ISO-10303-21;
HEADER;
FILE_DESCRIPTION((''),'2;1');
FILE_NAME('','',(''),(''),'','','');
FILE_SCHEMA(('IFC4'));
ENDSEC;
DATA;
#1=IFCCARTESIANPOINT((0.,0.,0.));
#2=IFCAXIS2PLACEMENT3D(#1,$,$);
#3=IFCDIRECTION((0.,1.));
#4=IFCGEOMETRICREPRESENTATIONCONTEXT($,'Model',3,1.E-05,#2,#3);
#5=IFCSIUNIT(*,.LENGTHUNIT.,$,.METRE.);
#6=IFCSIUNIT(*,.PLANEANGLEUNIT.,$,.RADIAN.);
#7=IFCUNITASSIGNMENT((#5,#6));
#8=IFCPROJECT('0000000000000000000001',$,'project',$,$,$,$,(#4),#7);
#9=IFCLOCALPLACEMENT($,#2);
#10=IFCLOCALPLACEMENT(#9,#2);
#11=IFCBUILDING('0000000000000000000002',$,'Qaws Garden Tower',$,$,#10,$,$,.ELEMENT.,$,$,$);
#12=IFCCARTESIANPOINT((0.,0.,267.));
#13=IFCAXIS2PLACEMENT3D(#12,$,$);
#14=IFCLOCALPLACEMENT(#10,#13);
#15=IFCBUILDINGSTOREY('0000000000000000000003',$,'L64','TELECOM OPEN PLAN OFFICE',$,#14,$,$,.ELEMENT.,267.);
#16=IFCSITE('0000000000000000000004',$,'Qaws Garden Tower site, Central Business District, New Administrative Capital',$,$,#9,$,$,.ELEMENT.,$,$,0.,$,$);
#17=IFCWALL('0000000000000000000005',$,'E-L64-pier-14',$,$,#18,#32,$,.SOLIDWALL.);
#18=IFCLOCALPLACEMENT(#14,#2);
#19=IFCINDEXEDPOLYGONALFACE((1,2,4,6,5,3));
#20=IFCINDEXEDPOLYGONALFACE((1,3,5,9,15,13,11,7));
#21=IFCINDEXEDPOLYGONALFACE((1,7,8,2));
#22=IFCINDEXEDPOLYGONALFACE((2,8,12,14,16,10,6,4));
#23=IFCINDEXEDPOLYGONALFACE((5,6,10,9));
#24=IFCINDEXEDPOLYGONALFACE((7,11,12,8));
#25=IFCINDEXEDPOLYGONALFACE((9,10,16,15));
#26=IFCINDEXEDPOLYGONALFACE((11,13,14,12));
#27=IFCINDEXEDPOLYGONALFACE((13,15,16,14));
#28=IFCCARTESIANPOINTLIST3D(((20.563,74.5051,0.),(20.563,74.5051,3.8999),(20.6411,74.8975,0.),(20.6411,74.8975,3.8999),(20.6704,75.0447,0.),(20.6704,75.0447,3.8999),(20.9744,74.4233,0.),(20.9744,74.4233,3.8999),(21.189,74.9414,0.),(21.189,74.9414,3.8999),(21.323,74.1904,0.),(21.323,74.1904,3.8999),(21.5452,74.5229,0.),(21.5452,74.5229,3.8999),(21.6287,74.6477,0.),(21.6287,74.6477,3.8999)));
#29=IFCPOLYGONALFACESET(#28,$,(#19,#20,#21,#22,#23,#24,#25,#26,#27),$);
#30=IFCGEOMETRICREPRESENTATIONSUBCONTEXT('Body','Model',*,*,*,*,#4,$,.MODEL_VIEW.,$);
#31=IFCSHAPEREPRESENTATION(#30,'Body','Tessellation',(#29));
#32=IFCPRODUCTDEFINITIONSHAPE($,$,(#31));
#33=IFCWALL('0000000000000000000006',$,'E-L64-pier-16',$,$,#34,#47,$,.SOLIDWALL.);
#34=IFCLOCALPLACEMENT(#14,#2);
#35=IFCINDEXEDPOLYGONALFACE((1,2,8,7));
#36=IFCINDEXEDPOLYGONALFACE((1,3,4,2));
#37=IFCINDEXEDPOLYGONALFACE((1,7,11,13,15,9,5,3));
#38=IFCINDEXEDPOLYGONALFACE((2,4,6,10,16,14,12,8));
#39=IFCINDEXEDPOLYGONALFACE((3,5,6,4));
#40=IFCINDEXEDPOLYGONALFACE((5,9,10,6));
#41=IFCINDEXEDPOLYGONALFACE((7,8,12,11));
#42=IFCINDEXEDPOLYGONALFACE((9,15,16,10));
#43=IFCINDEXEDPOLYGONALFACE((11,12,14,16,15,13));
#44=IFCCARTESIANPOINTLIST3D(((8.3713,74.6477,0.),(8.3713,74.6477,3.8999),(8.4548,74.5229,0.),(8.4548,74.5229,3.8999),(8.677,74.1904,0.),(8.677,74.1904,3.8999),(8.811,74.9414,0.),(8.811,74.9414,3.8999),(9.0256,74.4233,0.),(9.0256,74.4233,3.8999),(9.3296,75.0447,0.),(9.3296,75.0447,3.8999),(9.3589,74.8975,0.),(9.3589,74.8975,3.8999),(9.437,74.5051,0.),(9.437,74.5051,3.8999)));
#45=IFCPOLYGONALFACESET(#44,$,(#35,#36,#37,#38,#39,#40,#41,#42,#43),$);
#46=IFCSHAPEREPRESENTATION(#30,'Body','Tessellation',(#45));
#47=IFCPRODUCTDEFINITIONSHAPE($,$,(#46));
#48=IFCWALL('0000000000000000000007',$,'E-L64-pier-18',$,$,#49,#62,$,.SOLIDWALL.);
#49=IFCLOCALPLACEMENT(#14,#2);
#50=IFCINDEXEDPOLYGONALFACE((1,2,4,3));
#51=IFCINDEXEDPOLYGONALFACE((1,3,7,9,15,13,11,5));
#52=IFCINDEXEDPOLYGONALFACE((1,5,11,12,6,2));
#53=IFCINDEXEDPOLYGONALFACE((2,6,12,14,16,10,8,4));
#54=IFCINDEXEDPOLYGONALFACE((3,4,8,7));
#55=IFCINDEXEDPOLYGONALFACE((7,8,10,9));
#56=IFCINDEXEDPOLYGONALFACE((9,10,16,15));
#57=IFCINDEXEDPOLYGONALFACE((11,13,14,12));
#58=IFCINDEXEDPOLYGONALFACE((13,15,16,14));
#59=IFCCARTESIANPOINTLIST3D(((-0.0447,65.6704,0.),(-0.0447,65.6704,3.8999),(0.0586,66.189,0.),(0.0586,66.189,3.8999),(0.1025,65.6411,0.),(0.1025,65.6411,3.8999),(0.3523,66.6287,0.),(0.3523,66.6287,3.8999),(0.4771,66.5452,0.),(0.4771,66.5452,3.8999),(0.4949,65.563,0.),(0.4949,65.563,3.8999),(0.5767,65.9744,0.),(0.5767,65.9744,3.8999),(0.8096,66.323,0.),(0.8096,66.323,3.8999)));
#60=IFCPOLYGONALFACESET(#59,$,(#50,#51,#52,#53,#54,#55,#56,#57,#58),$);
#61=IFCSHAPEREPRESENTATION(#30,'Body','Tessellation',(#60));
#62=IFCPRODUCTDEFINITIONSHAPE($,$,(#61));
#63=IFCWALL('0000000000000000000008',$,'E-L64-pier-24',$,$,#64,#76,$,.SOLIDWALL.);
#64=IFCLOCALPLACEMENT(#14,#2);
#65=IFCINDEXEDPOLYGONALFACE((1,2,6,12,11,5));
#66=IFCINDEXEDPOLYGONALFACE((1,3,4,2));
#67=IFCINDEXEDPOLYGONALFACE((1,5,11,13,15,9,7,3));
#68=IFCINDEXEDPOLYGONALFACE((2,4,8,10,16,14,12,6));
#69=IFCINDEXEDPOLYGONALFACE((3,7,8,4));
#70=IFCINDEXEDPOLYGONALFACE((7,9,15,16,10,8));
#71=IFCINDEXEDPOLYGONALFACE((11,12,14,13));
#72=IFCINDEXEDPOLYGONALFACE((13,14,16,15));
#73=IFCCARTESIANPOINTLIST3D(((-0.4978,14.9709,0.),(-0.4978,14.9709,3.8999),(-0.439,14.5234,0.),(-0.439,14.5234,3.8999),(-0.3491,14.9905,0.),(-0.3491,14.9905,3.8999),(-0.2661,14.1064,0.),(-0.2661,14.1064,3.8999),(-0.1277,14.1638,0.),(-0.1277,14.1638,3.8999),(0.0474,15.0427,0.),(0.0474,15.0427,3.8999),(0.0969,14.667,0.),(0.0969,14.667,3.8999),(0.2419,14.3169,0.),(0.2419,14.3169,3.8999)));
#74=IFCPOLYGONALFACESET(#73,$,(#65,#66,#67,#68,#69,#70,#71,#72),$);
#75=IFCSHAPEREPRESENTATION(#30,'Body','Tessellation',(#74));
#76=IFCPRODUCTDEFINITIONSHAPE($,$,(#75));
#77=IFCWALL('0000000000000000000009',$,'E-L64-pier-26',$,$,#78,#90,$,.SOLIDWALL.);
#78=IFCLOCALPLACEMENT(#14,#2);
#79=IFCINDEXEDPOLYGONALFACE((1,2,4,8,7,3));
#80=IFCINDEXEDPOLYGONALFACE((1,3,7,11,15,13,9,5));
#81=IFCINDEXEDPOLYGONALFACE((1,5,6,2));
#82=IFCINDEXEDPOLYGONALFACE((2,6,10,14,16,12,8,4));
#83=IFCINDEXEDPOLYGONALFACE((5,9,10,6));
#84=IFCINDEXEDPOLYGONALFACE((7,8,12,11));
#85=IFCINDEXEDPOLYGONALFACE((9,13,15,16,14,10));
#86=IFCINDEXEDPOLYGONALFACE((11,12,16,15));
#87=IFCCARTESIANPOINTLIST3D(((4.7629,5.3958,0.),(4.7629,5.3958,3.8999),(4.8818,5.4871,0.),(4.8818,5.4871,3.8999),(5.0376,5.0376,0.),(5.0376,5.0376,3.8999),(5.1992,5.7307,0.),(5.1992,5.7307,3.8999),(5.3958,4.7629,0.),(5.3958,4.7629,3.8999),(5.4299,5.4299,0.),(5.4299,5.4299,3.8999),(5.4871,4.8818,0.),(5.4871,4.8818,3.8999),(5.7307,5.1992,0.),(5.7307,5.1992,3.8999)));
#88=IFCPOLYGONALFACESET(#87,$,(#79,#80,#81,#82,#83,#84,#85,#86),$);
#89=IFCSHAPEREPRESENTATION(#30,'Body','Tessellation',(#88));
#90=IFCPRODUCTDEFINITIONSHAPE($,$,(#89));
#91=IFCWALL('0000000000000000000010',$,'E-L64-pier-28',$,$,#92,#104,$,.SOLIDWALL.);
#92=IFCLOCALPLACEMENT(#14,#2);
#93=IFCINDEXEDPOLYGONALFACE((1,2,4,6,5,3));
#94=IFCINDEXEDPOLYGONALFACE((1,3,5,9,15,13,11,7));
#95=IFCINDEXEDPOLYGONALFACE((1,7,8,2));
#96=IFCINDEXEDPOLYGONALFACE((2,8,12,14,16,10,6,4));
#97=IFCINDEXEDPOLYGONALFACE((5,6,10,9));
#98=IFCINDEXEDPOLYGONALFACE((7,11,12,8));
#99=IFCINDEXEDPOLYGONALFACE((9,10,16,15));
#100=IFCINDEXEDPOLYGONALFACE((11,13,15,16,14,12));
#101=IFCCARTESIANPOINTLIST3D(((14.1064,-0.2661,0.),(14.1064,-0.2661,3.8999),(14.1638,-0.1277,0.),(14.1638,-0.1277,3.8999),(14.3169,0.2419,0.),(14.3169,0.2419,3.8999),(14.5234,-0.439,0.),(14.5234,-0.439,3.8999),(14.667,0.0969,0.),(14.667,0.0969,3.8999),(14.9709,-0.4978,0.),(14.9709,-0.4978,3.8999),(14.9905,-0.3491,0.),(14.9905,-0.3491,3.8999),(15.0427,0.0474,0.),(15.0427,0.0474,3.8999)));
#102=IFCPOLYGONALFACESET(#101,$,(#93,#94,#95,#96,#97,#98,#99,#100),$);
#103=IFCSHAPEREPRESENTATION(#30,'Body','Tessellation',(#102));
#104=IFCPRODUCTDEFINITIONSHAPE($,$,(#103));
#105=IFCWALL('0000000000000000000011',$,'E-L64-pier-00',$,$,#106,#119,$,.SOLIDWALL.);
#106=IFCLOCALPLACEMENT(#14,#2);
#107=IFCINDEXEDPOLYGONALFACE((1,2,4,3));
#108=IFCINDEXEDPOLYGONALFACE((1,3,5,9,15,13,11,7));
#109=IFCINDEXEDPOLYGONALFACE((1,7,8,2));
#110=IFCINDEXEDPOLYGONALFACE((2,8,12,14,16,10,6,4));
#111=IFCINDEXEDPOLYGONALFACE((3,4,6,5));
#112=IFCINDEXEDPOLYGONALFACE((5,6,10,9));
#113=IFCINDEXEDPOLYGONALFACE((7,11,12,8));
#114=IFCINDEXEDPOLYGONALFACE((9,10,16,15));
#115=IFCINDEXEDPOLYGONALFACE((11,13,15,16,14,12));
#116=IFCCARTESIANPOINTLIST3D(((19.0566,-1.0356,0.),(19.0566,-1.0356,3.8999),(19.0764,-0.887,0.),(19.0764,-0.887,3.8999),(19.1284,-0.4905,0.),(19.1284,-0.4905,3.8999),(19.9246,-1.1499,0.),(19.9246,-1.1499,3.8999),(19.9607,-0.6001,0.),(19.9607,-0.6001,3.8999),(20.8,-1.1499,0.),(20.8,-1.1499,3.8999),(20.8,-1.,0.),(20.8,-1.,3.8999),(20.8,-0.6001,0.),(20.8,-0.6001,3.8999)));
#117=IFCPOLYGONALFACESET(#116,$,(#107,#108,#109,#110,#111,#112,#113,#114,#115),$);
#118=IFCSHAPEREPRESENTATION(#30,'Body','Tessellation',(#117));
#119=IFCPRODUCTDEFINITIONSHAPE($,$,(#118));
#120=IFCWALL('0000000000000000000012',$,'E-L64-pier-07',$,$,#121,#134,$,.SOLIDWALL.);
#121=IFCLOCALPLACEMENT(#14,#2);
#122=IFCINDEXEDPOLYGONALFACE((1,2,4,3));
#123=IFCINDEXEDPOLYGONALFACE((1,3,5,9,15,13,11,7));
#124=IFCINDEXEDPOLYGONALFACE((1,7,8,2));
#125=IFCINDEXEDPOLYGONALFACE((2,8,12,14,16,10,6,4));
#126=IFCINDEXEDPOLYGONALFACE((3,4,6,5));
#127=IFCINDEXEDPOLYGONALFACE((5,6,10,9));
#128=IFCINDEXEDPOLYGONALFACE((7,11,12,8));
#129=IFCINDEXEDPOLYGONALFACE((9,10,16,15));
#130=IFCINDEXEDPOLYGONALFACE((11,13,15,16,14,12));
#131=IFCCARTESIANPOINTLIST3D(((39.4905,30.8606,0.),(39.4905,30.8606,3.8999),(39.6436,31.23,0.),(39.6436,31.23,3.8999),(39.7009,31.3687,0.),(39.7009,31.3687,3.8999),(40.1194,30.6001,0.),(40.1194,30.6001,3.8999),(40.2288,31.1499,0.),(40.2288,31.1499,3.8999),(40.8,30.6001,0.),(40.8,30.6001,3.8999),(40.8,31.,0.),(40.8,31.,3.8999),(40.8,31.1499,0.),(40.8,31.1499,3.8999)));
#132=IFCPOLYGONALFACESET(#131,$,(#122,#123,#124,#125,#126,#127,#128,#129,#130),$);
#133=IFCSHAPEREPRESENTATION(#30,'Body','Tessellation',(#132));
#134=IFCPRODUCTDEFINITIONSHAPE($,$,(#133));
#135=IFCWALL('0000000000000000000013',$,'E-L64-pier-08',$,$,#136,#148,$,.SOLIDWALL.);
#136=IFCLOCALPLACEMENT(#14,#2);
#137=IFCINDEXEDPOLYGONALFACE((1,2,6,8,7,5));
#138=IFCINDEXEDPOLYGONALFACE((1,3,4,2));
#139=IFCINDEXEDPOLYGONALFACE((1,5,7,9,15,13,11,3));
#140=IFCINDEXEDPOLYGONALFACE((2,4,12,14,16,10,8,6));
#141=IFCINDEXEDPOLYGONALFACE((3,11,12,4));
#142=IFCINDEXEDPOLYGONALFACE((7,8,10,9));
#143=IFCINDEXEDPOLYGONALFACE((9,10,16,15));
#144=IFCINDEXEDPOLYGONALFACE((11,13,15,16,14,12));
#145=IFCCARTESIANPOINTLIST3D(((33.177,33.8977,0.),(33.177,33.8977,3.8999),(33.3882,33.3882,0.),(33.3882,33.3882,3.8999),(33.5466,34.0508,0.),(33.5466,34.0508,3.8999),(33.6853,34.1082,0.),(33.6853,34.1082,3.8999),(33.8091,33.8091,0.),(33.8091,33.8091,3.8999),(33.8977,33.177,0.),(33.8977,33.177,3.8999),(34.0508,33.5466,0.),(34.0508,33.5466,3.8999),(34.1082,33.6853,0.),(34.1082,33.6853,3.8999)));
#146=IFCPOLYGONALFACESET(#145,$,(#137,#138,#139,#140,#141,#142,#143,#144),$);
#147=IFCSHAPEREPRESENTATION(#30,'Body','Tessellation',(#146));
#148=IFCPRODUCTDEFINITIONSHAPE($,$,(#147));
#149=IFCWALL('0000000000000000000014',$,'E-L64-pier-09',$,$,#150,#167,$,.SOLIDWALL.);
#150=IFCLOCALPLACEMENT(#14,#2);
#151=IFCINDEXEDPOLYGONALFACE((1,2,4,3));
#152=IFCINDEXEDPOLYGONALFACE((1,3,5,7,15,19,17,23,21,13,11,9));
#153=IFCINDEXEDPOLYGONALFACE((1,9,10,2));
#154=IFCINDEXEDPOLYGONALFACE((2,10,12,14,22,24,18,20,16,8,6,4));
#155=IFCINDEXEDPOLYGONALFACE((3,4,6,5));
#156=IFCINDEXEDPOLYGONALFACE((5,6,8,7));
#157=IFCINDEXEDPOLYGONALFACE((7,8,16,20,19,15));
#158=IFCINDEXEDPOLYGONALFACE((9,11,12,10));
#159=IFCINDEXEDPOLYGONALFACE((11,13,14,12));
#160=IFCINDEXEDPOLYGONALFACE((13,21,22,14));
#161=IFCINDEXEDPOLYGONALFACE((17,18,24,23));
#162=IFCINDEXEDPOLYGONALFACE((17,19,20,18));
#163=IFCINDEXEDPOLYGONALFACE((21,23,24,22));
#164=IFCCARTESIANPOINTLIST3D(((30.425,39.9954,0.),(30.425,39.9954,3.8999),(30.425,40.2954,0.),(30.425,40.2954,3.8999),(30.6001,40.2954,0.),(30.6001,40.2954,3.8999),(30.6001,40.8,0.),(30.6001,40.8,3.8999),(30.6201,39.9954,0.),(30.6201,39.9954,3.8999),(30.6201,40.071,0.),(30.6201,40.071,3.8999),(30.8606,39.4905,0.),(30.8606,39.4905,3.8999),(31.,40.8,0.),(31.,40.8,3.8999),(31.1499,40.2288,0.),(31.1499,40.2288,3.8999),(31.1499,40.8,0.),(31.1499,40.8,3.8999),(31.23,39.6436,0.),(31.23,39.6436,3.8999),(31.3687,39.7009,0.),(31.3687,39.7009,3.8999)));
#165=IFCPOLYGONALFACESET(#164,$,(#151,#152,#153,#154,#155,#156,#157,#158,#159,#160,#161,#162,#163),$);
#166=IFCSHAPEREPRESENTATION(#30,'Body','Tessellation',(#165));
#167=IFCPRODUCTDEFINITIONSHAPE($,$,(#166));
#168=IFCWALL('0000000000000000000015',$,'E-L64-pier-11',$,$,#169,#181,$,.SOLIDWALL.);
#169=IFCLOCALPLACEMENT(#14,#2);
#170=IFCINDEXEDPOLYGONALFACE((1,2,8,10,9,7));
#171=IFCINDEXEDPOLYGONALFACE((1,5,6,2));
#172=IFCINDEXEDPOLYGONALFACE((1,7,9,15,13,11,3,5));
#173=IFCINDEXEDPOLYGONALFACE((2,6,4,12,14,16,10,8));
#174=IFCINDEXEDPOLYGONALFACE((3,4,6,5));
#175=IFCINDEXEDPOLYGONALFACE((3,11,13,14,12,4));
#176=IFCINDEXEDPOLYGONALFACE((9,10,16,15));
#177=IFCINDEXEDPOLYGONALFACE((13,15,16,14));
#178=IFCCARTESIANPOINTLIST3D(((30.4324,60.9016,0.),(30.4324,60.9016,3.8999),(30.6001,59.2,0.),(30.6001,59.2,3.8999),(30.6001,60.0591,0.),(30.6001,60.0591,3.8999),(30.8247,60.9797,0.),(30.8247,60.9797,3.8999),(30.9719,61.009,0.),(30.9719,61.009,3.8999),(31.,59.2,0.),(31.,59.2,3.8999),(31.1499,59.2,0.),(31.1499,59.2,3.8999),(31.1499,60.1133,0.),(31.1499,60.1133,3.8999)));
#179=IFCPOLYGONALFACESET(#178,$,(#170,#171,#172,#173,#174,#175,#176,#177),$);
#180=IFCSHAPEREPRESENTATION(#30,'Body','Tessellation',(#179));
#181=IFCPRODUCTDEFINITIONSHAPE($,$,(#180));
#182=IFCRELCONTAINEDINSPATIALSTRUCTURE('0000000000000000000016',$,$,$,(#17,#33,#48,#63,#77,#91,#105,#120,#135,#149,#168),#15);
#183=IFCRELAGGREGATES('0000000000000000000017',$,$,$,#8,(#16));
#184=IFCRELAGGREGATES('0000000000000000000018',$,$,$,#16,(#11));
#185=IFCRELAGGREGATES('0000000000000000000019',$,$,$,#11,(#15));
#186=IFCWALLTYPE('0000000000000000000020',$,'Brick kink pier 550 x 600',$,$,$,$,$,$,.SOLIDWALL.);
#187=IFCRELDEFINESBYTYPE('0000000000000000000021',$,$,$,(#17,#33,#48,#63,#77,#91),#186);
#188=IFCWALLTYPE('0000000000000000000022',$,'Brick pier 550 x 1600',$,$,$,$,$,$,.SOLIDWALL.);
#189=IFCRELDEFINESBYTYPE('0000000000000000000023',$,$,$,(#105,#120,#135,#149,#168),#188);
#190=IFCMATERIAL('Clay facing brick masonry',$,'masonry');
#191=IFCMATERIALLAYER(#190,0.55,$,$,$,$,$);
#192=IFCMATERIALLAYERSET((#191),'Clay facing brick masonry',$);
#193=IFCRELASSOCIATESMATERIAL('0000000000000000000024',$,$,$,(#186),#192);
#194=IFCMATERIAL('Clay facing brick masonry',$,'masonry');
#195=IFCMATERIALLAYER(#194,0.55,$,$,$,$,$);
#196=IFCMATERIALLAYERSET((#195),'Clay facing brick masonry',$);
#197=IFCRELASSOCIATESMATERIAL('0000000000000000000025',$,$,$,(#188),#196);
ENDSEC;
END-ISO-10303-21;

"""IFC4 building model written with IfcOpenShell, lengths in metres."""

from ifc_helpers import new_model, si_unit, direction, frame, origin, place, context, subcontext, project, spatial, polyline, outline, extrude, material, layer, layer_set, type_object, element, save


model = new_model("IFC4")

# Units and contexts
model_context = context("Model", 3, precision=1e-05, world=origin(), true_north=direction((0.0, 1.0)))
body_context = subcontext(model_context, "Body", "Model", "MODEL_VIEW")
ifc_project = project(units=[si_unit("LENGTHUNIT", "METRE"), si_unit("PLANEANGLEUNIT", "RADIAN")], contexts=[model_context])

# Site, building, storey
site_placement = place(None, origin())
site = spatial("IfcSite", under=ifc_project, at=site_placement, Name="Qaws Garden Tower site, Central Business District, New Administrative Capital", CompositionType="ELEMENT", RefElevation=0.0)
building_placement = place(site_placement, origin())
building = spatial("IfcBuilding", under=site, at=building_placement, Name="Qaws Garden Tower", CompositionType="ELEMENT")
storey_placement = place(building_placement, frame((0.0, 0.0, 267.0)))
storey = spatial("IfcBuildingStorey", under=building, at=storey_placement, Name="L64", Description="TELECOM OPEN PLAN OFFICE", CompositionType="ELEMENT", Elevation=267.0)

# Walls
placement = place(storey_placement, origin())
ifc_material_1 = material(Name="Clay facing brick masonry", Category="masonry")
ifc_layer_1 = layer(ifc_material_1, 0.55)
ifc_layer_set_1 = layer_set([ifc_layer_1], Name="Clay facing brick masonry")
wall_type_1 = type_object("IfcWallType", Name="Brick kink pier 550 x 600", PredefinedType="SOLIDWALL", material=ifc_layer_set_1)
element("IfcWall", 1, at=placement, inside=storey, type_object=wall_type_1, Name="E-L64-pier-14", PredefinedType="SOLIDWALL", context=body_context, shape_type="SweptSolid", body=[
    extrude(outline(polyline([(21.5452, 74.5229), (21.6287, 74.6477), (21.189, 74.9414), (20.6704, 75.0447), (20.6411, 74.8975), (20.563, 74.5051), (20.9744, 74.4233), (21.323, 74.1904), (21.5452, 74.5229)])), origin(), (0.0, 0.0, 1.0), 3.8999),
])
element("IfcWall", 2, at=placement, inside=storey, type_object=wall_type_1, Name="E-L64-pier-16", PredefinedType="SOLIDWALL", context=body_context, shape_type="SweptSolid", body=[
    extrude(outline(polyline([(9.3589, 74.8975), (9.3296, 75.0447), (8.811, 74.9414), (8.3713, 74.6477), (8.4548, 74.5229), (8.677, 74.1904), (9.0256, 74.4233), (9.437, 74.5051), (9.3589, 74.8975)])), origin(), (0.0, 0.0, 1.0), 3.8999),
])
element("IfcWall", 3, at=placement, inside=storey, type_object=wall_type_1, Name="E-L64-pier-18", PredefinedType="SOLIDWALL", context=body_context, shape_type="SweptSolid", body=[
    extrude(outline(polyline([(0.4771, 66.5452), (0.3523, 66.6287), (0.0586, 66.189), (-0.0447, 65.6704), (0.1025, 65.6411), (0.4949, 65.563), (0.5767, 65.9744), (0.8096, 66.323), (0.4771, 66.5452)])), origin(), (0.0, 0.0, 1.0), 3.8999),
])
element("IfcWall", 4, at=placement, inside=storey, type_object=wall_type_1, Name="E-L64-pier-24", PredefinedType="SOLIDWALL", context=body_context, shape_type="SweptSolid", body=[
    extrude(outline(polyline([(-0.3491, 14.9905), (-0.4978, 14.9709), (-0.439, 14.5234), (-0.2661, 14.1064), (-0.1277, 14.1638), (0.2419, 14.3169), (0.0969, 14.667), (0.0474, 15.0427), (-0.3491, 14.9905)])), origin(), (0.0, 0.0, 1.0), 3.8999),
])
element("IfcWall", 5, at=placement, inside=storey, type_object=wall_type_1, Name="E-L64-pier-26", PredefinedType="SOLIDWALL", context=body_context, shape_type="SweptSolid", body=[
    extrude(outline(polyline([(4.8818, 5.4871), (4.7629, 5.3958), (5.0376, 5.0376), (5.3958, 4.7629), (5.4871, 4.8818), (5.7307, 5.1992), (5.4299, 5.4299), (5.1992, 5.7307), (4.8818, 5.4871)])), origin(), (0.0, 0.0, 1.0), 3.8999),
])
element("IfcWall", 6, at=placement, inside=storey, type_object=wall_type_1, Name="E-L64-pier-28", PredefinedType="SOLIDWALL", context=body_context, shape_type="SweptSolid", body=[
    extrude(outline(polyline([(14.1638, -0.1277), (14.1064, -0.2661), (14.5234, -0.439), (14.9709, -0.4978), (14.9905, -0.3491), (15.0427, 0.0474), (14.667, 0.0969), (14.3169, 0.2419), (14.1638, -0.1277)])), origin(), (0.0, 0.0, 1.0), 3.8999),
])
ifc_material_2 = material(Name="Clay facing brick masonry", Category="masonry")
ifc_layer_2 = layer(ifc_material_2, 0.55)
ifc_layer_set_2 = layer_set([ifc_layer_2], Name="Clay facing brick masonry")
wall_type_2 = type_object("IfcWallType", Name="Brick pier 550 x 1600", PredefinedType="SOLIDWALL", material=ifc_layer_set_2)
element("IfcWall", 7, at=placement, inside=storey, type_object=wall_type_2, Name="E-L64-pier-00", PredefinedType="SOLIDWALL", context=body_context, shape_type="SweptSolid", body=[
    extrude(outline(polyline([(19.0764, -0.887), (19.0566, -1.0356), (19.9246, -1.1499), (20.8, -1.1499), (20.8, -1.0), (20.8, -0.6001), (19.9607, -0.6001), (19.1284, -0.4905), (19.0764, -0.887)])), origin(), (0.0, 0.0, 1.0), 3.8999),
])
element("IfcWall", 8, at=placement, inside=storey, type_object=wall_type_2, Name="E-L64-pier-07", PredefinedType="SOLIDWALL", context=body_context, shape_type="SweptSolid", body=[
    extrude(outline(polyline([(40.8, 31.0), (40.8, 31.1499), (40.2288, 31.1499), (39.7009, 31.3687), (39.6436, 31.23), (39.4905, 30.8606), (40.1194, 30.6001), (40.8, 30.6001), (40.8, 31.0)])), origin(), (0.0, 0.0, 1.0), 3.8999),
])
element("IfcWall", 9, at=placement, inside=storey, type_object=wall_type_2, Name="E-L64-pier-08", PredefinedType="SOLIDWALL", context=body_context, shape_type="SweptSolid", body=[
    extrude(outline(polyline([(34.0508, 33.5466), (34.1082, 33.6853), (33.8091, 33.8091), (33.6853, 34.1082), (33.5466, 34.0508), (33.177, 33.8977), (33.3882, 33.3882), (33.8977, 33.177), (34.0508, 33.5466)])), origin(), (0.0, 0.0, 1.0), 3.8999),
])
element("IfcWall", 10, at=placement, inside=storey, type_object=wall_type_2, Name="E-L64-pier-09", PredefinedType="SOLIDWALL", context=body_context, shape_type="SweptSolid", body=[
    extrude(outline(polyline([(30.6201, 39.9954), (30.6201, 40.071), (30.8606, 39.4905), (31.23, 39.6436), (31.3687, 39.7009), (31.1499, 40.2288), (31.1499, 40.8), (31.0, 40.8), (30.6001, 40.8), (30.6001, 40.2954), (30.425, 40.2954), (30.425, 39.9954), (30.6201, 39.9954)])), origin(), (0.0, 0.0, 1.0), 3.8999),
])
element("IfcWall", 11, at=placement, inside=storey, type_object=wall_type_2, Name="E-L64-pier-11", PredefinedType="SOLIDWALL", context=body_context, shape_type="SweptSolid", body=[
    extrude(outline(polyline([(31.0, 59.2), (31.1499, 59.2), (31.1499, 60.1133), (30.9719, 61.009), (30.8247, 60.9797), (30.4324, 60.9016), (30.6001, 60.0591), (30.6001, 59.2), (31.0, 59.2)])), origin(), (0.0, 0.0, 1.0), 3.8999),
])

save(model, "model.ifc")
